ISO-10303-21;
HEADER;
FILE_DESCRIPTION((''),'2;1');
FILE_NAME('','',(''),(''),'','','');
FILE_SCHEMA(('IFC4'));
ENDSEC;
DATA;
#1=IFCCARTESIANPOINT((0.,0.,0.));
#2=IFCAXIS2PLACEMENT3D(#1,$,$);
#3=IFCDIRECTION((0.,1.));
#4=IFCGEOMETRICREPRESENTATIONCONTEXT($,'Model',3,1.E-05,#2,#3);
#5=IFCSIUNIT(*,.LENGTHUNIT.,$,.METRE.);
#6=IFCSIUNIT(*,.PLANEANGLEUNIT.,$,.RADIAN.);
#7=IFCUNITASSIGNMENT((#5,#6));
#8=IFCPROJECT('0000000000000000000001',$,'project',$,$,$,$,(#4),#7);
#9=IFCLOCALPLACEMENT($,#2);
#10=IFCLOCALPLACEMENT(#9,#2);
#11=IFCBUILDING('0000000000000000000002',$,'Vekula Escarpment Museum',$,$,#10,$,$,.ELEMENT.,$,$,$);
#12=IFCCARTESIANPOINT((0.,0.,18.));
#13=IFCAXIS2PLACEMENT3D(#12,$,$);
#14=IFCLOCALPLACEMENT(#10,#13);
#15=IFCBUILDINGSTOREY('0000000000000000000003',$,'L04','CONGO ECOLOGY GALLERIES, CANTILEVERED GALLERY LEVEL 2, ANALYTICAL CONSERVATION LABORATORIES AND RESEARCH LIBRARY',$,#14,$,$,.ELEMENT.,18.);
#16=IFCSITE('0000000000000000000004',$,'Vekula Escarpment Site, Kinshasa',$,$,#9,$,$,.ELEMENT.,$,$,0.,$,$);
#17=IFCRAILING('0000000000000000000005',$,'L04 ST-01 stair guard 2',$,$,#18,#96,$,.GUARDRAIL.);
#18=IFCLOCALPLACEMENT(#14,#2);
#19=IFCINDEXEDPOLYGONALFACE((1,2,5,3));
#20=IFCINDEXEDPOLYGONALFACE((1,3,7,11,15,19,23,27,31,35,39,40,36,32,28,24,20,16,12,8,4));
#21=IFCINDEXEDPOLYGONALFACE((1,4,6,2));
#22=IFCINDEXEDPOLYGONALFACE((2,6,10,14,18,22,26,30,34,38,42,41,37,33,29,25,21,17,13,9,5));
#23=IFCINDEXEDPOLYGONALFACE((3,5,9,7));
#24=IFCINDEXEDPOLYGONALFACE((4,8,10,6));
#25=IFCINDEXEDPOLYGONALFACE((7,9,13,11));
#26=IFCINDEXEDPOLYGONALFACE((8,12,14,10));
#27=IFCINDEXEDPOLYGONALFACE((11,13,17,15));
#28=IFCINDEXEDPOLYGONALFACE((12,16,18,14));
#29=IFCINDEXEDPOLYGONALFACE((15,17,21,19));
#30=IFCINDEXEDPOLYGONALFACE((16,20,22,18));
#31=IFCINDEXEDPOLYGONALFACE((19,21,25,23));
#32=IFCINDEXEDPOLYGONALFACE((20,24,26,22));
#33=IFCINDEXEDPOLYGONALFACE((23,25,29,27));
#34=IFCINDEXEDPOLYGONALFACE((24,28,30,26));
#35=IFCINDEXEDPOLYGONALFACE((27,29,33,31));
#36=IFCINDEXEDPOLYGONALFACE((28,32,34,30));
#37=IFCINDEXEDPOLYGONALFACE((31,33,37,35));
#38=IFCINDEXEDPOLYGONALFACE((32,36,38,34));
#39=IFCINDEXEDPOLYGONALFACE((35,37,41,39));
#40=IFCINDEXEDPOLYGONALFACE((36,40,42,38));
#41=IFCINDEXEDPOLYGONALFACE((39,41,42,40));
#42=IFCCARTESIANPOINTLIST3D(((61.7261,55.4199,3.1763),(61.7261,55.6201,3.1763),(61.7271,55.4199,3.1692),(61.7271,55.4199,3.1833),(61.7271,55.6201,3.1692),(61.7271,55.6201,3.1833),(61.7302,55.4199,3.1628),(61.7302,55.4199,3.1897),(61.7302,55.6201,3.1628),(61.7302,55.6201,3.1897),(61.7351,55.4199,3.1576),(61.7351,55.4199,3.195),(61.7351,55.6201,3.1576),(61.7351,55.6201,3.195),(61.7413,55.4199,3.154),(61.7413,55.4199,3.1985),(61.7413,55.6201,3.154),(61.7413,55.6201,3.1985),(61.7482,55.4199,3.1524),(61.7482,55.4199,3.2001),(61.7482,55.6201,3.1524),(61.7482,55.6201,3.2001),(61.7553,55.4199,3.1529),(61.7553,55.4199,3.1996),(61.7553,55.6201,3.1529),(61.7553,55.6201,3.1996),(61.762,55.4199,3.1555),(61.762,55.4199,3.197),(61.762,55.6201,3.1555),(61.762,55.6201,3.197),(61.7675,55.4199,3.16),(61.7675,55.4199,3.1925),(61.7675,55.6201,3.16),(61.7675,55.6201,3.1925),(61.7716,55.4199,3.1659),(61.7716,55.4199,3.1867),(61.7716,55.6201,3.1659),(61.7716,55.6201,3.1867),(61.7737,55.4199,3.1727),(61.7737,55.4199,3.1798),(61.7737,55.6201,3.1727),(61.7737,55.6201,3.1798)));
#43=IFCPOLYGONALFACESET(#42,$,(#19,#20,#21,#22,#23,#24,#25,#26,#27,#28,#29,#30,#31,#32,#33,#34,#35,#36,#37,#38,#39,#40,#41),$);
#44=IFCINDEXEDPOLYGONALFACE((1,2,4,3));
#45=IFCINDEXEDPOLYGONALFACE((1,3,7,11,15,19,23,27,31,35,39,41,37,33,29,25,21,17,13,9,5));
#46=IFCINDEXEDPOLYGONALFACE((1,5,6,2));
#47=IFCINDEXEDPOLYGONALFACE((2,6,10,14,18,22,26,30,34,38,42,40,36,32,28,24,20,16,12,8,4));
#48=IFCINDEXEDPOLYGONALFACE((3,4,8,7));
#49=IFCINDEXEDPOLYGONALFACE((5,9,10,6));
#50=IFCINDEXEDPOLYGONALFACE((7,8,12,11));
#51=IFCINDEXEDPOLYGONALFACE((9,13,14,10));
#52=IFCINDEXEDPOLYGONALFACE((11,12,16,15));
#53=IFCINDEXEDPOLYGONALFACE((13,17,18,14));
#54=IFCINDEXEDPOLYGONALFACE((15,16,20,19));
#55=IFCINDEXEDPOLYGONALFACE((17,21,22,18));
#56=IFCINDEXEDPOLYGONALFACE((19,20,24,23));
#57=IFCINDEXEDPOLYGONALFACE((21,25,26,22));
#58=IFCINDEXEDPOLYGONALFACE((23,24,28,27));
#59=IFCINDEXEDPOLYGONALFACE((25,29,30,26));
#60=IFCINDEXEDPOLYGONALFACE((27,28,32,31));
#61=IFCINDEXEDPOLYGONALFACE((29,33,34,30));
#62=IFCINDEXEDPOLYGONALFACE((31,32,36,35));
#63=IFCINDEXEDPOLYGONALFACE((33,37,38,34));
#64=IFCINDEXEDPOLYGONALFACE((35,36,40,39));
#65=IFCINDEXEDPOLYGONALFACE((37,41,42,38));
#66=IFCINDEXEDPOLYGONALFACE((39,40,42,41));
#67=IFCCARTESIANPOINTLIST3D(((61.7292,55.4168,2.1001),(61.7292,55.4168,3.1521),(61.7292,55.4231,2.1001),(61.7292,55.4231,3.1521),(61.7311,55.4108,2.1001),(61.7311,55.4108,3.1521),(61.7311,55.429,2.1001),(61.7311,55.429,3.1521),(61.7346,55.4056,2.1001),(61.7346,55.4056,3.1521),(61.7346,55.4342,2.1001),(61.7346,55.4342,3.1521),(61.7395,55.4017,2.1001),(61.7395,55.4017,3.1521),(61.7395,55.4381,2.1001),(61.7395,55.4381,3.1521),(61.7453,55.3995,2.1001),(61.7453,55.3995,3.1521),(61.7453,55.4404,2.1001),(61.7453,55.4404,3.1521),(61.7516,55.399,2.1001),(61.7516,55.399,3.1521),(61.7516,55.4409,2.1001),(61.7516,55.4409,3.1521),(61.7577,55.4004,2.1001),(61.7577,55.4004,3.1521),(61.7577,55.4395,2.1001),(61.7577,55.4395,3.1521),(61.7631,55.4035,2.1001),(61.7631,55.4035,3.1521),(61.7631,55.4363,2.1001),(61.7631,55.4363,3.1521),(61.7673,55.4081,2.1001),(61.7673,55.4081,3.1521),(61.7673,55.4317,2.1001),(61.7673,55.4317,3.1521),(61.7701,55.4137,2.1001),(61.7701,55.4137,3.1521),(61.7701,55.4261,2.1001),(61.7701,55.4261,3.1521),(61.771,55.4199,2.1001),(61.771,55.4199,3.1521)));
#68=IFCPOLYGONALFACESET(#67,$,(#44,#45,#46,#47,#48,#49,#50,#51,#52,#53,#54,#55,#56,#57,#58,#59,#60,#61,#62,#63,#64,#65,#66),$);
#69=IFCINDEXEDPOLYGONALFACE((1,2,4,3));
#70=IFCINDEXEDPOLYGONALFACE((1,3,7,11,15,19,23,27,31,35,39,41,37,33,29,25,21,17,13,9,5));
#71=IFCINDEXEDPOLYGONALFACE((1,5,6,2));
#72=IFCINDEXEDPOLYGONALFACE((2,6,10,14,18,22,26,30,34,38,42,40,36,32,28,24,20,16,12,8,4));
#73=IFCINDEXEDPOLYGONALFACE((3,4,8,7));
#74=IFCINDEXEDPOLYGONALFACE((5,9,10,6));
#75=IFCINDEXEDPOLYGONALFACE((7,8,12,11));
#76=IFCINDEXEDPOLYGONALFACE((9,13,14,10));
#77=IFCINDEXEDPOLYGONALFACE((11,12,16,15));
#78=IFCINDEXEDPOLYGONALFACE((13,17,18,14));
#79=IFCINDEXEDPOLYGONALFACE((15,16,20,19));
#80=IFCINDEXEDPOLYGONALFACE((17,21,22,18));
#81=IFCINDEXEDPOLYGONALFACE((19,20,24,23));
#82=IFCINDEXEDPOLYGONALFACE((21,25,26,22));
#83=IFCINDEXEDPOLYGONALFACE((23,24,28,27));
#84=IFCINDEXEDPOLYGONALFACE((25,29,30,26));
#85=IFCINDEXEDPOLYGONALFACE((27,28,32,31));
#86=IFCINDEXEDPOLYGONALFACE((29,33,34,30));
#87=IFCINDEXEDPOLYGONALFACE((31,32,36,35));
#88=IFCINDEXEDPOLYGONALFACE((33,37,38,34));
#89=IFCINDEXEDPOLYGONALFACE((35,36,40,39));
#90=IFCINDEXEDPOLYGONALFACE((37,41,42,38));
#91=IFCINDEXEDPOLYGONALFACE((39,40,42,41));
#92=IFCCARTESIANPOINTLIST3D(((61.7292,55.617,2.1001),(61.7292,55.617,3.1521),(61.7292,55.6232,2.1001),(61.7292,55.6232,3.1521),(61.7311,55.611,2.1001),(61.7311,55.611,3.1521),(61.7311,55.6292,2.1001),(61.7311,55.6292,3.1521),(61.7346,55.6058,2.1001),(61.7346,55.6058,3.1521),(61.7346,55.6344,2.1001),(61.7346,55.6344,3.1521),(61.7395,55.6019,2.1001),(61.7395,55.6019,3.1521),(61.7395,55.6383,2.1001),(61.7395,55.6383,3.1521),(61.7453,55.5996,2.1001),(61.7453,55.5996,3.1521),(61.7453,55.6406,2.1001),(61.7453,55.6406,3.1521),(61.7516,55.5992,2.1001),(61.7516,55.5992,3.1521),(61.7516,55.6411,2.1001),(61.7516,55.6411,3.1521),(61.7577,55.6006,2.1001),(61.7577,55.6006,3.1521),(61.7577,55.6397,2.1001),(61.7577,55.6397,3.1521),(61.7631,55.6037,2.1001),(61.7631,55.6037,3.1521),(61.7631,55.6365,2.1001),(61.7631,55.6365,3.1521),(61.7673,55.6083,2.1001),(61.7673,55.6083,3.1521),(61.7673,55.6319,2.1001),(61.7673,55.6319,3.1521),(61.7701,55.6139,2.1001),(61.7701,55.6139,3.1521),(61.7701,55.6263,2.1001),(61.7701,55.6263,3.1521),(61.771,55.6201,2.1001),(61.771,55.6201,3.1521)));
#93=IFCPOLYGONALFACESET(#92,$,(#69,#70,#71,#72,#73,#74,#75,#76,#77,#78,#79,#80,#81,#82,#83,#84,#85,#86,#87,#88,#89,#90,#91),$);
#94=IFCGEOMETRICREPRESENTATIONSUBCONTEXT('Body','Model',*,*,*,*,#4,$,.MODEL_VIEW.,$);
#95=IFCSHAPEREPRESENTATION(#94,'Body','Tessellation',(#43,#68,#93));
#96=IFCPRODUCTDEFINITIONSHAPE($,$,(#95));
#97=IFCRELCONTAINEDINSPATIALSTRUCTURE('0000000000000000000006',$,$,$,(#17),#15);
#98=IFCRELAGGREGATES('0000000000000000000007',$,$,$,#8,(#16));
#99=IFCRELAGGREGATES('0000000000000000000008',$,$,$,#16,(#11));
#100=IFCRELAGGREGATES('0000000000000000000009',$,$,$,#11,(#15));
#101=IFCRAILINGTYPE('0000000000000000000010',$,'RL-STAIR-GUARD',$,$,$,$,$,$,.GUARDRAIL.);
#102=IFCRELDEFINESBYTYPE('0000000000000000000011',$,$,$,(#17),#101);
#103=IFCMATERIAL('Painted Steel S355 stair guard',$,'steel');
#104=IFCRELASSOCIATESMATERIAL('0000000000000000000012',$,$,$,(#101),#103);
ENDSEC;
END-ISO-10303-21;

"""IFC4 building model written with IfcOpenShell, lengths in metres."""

from ifc_helpers import new_model, si_unit, direction, frame, origin, origin_2d, place, context, subcontext, project, spatial, circle, extrude, material, type_object, element, save


model = new_model("IFC4")

# Units and contexts
model_context = context("Model", 3, precision=1e-05, world=origin(), true_north=direction((0.0, 1.0)))
body_context = subcontext(model_context, "Body", "Model", "MODEL_VIEW")
ifc_project = project(units=[si_unit("LENGTHUNIT", "METRE"), si_unit("PLANEANGLEUNIT", "RADIAN")], contexts=[model_context])

# Site, building, storey
site_placement = place(None, origin())
site = spatial("IfcSite", under=ifc_project, at=site_placement, Name="Vekula Escarpment Site, Kinshasa", CompositionType="ELEMENT", RefElevation=0.0)
building_placement = place(site_placement, origin())
building = spatial("IfcBuilding", under=site, at=building_placement, Name="Vekula Escarpment Museum", CompositionType="ELEMENT")
storey_placement = place(building_placement, frame((0.0, 0.0, 18.0)))
storey = spatial("IfcBuildingStorey", under=building, at=storey_placement, Name="L04", Description="CONGO ECOLOGY GALLERIES, CANTILEVERED GALLERY LEVEL 2, ANALYTICAL CONSERVATION LABORATORIES AND RESEARCH LIBRARY", CompositionType="ELEMENT", Elevation=18.0)

# Railing
ifc_material_1 = material(Name="Painted Steel S355 stair guard", Category="steel")
railing_type_1 = type_object("IfcRailingType", Name="RL-STAIR-GUARD", PredefinedType="GUARDRAIL", material=ifc_material_1)
railing_1_placement = place(storey_placement, frame((61.75, 55.4199, 2.1001)))
element("IfcRailing", 1, at=railing_1_placement, inside=storey, type_object=railing_type_1, Name="L04 ST-01 stair guard 2", PredefinedType="GUARDRAIL", context=body_context, shape_type="SweptSolid", body=[
    extrude(circle(Radius=0.0239, at=origin_2d()), frame((0.0, 0.0, 1.0762), z_axis=(0.0, 1.0, 0.0), x_axis=(-1.0, 0.0, 0.0)), (0.0, 0.0, 1.0), 0.2002),
    extrude(circle(Radius=0.021, at=origin_2d()), origin(), (0.0, 0.0, 1.0), 1.052),
    extrude(circle(Radius=0.021, at=origin_2d()), frame((0.0, 0.2002, 0.0)), (0.0, 0.0, 1.0), 1.052),
])

save(model, "model.ifc")
